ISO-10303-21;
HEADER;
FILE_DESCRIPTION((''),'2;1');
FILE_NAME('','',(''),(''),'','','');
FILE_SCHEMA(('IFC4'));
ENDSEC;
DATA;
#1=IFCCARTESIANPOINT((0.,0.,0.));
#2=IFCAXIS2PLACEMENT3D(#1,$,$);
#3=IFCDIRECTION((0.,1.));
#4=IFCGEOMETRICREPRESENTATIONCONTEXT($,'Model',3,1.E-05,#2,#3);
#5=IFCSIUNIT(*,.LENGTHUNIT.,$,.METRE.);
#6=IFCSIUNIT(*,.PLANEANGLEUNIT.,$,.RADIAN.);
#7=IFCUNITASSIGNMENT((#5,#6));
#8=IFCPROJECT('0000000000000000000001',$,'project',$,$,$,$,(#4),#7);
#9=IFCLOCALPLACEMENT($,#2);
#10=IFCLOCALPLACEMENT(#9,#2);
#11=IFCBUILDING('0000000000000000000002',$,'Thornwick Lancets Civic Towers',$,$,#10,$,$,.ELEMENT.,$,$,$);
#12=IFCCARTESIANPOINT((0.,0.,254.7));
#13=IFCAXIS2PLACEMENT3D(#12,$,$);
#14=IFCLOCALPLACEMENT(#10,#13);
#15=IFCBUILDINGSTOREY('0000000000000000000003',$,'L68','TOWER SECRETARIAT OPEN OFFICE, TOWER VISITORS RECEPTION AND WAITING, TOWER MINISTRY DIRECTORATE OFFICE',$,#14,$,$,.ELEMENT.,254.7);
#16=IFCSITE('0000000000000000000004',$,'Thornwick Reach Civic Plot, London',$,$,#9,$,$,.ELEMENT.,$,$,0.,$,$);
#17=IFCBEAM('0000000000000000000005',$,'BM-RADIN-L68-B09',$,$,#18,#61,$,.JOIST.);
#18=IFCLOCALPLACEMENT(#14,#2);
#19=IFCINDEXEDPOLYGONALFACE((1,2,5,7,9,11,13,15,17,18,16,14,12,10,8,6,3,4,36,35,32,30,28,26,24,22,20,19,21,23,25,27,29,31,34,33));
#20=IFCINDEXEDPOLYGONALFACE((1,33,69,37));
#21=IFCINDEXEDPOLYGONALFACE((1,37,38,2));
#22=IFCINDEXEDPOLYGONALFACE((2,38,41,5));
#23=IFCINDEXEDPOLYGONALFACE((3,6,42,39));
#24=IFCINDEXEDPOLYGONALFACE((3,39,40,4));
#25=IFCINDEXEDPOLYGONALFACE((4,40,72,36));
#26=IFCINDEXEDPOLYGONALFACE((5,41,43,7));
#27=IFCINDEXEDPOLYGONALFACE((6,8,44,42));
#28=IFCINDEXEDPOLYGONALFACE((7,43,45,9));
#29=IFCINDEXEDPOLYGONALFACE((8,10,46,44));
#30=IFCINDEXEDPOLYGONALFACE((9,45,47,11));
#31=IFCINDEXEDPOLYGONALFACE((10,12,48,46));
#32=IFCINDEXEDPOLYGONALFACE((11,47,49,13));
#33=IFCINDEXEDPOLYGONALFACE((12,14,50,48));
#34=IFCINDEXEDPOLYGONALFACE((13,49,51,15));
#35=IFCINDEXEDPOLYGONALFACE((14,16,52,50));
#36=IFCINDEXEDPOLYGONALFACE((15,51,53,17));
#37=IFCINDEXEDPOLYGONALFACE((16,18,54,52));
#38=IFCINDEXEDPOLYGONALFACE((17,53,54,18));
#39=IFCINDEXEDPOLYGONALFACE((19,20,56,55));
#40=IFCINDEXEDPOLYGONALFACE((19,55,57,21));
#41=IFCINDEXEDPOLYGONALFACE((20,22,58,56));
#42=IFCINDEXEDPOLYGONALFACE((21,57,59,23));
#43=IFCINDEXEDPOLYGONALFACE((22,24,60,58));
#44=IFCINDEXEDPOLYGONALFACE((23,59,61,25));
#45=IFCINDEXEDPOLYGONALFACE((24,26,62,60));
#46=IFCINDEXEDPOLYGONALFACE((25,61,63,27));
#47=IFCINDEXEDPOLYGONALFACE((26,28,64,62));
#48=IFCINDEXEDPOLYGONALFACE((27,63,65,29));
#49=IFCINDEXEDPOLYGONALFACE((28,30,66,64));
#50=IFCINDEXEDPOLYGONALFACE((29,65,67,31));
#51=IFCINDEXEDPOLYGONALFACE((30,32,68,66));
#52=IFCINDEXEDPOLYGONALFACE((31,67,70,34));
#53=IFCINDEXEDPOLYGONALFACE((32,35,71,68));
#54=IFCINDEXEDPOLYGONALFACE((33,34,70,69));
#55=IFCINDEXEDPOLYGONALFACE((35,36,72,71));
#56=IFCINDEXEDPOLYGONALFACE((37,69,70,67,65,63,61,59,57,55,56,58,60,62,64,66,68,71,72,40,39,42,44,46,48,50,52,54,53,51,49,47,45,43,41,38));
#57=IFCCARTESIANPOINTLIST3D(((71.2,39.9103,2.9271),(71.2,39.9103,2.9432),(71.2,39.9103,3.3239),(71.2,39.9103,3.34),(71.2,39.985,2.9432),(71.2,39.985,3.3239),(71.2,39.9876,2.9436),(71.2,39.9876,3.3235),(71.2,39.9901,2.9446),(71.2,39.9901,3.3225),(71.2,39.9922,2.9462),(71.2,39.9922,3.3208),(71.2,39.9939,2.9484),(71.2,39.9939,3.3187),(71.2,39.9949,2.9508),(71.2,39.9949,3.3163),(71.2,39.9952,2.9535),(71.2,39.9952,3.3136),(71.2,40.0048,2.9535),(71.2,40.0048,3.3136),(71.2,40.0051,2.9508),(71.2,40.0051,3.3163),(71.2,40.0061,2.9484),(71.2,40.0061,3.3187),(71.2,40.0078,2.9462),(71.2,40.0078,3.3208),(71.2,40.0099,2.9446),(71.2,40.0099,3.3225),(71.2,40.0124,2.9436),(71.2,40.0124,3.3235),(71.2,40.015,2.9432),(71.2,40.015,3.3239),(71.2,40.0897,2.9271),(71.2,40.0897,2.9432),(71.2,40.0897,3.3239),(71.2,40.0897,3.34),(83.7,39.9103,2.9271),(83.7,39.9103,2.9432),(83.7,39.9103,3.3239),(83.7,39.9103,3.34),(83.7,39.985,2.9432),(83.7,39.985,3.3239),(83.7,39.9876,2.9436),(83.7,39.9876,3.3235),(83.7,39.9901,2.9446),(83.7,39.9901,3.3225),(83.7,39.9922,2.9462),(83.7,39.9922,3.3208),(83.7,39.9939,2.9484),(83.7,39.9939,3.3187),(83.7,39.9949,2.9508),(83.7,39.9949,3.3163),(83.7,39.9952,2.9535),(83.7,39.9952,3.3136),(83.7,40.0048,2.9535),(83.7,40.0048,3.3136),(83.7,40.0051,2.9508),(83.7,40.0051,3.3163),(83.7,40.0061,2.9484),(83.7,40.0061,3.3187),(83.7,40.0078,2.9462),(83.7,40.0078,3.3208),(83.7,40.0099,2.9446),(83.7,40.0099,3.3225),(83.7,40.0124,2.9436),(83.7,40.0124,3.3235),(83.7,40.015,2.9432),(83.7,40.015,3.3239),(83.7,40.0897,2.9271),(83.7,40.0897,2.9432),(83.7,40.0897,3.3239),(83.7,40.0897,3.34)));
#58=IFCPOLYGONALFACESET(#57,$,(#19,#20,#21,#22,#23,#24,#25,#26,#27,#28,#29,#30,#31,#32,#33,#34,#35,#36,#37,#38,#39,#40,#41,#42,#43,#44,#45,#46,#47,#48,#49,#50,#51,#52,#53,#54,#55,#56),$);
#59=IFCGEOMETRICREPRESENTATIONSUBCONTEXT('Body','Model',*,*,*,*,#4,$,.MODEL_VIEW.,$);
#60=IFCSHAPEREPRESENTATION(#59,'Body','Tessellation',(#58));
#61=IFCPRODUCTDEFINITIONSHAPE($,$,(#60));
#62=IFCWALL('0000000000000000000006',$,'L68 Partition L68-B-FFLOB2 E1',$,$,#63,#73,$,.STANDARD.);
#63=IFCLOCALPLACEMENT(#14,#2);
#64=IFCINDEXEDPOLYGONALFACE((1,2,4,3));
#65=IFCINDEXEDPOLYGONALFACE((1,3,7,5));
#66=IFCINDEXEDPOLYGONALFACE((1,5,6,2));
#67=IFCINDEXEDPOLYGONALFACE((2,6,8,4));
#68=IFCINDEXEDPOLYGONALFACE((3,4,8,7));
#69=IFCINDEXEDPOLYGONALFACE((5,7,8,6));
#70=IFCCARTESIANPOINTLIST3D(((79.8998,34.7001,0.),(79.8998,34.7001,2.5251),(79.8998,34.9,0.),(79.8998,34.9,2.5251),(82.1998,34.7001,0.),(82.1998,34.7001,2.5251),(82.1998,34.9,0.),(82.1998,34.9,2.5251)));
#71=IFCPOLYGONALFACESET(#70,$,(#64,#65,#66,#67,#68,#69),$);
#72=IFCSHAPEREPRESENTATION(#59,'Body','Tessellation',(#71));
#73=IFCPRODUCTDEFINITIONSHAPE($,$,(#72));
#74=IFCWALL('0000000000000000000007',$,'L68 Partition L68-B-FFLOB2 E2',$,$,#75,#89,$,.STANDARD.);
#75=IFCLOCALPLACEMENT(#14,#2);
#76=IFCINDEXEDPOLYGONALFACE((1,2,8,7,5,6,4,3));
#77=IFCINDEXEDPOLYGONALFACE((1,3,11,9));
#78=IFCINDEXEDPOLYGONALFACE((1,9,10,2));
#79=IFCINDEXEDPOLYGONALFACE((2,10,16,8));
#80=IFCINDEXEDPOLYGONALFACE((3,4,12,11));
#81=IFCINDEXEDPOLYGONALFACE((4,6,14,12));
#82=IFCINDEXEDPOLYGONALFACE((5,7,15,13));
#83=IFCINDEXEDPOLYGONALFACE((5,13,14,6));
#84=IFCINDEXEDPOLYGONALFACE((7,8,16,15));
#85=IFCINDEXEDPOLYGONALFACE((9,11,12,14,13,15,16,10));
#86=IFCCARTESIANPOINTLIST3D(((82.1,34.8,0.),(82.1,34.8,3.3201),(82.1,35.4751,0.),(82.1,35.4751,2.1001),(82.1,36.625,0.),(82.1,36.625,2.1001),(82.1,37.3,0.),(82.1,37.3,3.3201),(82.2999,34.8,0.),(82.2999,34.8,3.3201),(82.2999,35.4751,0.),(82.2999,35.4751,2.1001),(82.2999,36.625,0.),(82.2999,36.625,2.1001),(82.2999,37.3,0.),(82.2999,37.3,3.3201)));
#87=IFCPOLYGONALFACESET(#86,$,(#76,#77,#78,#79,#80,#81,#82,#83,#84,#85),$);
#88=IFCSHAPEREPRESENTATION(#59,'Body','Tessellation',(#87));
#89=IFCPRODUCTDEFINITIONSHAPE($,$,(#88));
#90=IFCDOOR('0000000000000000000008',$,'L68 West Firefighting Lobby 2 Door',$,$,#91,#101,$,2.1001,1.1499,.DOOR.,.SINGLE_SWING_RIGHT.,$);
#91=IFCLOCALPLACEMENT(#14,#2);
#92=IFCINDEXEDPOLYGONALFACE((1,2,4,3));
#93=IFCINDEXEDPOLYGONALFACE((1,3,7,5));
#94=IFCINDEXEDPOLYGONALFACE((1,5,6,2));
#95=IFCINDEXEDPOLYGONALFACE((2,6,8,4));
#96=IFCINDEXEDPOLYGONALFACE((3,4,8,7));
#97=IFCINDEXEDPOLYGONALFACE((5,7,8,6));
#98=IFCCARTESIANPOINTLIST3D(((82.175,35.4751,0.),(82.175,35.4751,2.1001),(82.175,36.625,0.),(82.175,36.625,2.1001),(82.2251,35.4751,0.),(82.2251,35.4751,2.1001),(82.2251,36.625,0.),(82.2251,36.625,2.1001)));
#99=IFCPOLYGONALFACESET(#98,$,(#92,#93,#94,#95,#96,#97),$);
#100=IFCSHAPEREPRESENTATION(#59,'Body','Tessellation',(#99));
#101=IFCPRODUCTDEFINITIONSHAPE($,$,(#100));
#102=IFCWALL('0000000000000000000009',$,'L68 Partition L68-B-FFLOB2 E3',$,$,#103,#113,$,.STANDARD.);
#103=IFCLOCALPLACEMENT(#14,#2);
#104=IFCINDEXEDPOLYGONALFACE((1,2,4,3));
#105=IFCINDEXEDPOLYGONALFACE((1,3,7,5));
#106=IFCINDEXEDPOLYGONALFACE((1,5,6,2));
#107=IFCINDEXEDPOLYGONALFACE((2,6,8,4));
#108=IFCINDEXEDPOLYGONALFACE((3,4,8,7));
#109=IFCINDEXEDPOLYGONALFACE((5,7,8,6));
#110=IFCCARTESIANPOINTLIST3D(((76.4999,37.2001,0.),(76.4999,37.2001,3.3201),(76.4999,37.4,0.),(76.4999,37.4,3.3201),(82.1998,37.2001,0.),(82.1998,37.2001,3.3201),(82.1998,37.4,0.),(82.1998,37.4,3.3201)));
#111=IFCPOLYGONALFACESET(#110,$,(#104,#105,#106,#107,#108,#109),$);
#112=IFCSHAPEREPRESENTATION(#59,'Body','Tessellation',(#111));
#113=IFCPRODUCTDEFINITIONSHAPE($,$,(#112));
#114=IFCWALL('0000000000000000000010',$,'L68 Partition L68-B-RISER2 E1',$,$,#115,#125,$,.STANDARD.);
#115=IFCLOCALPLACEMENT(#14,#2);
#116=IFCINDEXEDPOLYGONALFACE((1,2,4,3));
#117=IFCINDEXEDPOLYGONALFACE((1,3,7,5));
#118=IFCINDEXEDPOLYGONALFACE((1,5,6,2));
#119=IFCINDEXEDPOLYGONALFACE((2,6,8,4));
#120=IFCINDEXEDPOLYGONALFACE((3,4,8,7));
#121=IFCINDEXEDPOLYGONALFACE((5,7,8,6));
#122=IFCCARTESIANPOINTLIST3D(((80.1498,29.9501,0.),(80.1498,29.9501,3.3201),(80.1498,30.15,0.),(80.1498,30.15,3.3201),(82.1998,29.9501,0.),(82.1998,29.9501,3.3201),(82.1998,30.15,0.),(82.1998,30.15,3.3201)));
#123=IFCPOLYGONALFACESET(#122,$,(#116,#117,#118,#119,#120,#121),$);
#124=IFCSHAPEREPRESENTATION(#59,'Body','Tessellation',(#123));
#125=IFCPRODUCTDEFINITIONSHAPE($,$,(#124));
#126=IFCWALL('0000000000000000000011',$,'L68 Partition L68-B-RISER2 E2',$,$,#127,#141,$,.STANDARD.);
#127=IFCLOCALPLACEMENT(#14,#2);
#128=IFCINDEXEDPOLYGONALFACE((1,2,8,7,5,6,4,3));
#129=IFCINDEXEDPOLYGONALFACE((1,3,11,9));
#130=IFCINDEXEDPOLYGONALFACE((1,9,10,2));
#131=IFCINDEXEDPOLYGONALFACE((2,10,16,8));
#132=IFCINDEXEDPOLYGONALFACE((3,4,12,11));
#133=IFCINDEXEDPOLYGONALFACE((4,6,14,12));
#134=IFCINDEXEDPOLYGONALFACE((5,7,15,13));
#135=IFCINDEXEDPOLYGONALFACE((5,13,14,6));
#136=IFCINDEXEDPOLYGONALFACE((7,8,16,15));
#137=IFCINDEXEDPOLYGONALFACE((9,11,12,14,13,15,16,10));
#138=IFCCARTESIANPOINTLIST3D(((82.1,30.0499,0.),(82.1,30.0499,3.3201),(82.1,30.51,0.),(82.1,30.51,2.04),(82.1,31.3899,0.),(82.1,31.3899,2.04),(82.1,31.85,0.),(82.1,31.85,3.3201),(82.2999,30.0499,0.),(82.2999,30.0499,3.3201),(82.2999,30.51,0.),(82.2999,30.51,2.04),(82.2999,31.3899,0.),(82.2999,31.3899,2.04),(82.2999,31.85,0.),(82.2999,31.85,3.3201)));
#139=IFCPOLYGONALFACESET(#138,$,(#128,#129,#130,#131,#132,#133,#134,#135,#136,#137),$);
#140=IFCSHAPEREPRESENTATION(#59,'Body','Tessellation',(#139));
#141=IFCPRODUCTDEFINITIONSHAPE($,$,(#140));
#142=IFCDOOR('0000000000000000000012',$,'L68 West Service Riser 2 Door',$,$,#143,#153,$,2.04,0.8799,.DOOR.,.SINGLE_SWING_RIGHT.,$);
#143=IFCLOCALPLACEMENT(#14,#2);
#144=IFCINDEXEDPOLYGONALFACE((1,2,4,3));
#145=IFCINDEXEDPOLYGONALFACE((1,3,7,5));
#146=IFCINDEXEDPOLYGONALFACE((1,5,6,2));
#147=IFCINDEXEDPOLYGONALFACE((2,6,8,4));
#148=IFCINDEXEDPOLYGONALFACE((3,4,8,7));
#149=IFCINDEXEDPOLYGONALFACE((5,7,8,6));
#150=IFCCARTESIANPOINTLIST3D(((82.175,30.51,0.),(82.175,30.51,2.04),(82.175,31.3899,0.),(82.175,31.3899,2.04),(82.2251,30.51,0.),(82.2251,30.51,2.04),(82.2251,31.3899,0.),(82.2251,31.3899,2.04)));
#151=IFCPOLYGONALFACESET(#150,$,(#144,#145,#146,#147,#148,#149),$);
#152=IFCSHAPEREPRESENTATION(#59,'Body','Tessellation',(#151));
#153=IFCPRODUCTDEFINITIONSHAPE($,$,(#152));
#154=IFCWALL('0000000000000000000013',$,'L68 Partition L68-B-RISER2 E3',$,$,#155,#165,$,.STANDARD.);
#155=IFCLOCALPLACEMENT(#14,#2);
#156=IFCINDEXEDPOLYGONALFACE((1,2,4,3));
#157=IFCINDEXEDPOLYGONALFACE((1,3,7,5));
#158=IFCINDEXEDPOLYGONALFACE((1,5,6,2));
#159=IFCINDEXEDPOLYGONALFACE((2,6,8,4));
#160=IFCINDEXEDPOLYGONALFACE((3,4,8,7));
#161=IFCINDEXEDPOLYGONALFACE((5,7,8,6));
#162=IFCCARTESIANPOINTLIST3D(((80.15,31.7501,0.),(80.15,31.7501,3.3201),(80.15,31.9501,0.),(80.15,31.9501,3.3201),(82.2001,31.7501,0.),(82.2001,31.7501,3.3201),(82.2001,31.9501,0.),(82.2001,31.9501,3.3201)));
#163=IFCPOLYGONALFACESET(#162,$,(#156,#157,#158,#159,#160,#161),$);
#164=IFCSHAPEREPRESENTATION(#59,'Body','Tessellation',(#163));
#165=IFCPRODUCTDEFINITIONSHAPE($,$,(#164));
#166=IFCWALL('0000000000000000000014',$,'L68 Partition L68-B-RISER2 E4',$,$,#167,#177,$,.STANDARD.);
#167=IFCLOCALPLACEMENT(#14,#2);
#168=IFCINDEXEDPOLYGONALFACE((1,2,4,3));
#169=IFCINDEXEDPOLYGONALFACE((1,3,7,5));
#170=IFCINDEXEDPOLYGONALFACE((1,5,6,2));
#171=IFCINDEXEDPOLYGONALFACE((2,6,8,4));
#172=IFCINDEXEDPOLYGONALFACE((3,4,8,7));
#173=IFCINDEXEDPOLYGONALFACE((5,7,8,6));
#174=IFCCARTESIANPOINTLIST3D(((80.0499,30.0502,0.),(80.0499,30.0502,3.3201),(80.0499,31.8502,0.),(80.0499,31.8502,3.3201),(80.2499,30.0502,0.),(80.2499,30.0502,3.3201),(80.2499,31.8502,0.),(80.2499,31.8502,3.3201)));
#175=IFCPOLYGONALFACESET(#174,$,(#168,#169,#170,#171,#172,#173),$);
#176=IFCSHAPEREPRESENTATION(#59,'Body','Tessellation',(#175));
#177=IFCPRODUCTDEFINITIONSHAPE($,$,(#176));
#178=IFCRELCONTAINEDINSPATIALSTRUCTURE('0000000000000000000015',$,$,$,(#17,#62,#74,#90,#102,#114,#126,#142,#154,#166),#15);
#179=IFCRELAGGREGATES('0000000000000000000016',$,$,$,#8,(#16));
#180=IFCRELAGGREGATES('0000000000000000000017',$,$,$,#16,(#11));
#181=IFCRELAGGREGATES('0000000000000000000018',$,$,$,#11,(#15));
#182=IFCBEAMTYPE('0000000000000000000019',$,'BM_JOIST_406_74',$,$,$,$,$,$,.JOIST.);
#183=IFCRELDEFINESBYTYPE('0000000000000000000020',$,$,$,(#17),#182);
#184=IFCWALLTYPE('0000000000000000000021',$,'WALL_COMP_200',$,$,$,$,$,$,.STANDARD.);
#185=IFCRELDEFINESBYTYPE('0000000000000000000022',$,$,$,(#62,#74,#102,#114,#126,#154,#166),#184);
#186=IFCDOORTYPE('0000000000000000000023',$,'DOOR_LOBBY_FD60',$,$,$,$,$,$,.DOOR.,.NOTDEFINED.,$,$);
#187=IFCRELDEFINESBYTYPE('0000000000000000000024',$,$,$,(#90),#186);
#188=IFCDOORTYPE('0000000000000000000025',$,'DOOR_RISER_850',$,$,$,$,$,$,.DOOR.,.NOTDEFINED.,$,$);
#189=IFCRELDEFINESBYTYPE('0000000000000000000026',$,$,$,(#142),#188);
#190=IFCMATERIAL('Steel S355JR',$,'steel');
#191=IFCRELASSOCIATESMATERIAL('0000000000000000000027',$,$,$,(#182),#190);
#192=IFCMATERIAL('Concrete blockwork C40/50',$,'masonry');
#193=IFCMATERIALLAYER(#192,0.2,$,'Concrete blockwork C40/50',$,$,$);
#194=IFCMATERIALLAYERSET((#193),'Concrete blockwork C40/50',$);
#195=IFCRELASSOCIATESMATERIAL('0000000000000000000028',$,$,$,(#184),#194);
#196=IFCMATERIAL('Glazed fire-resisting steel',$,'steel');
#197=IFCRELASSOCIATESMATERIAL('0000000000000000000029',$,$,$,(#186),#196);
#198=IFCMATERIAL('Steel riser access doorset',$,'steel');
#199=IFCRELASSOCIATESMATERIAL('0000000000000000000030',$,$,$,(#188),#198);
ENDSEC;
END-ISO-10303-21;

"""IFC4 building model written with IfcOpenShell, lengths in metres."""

from ifc_helpers import new_model, si_unit, direction, frame, frame_2d, origin, origin_2d, place, context, subcontext, project, spatial, rectangle, i_section, extrude, material, layer, layer_set, material_profile, profile_set, type_object, element, fill, save


model = new_model("IFC4")

# Units and contexts
model_context = context("Model", 3, precision=1e-05, world=origin(), true_north=direction((0.0, 1.0)))
body_context = subcontext(model_context, "Body", "Model", "MODEL_VIEW")
ifc_project = project(units=[si_unit("LENGTHUNIT", "METRE"), si_unit("PLANEANGLEUNIT", "RADIAN")], contexts=[model_context])

# Site, building, storey
site_placement = place(None, origin())
site = spatial("IfcSite", under=ifc_project, at=site_placement, Name="Thornwick Reach Civic Plot, London", CompositionType="ELEMENT", RefElevation=0.0)
building_placement = place(site_placement, origin())
building = spatial("IfcBuilding", under=site, at=building_placement, Name="Thornwick Lancets Civic Towers", CompositionType="ELEMENT")
storey_placement = place(building_placement, frame((0.0, 0.0, 254.7)))
storey = spatial("IfcBuildingStorey", under=building, at=storey_placement, Name="L68", Description="TOWER SECRETARIAT OPEN OFFICE, TOWER VISITORS RECEPTION AND WAITING, TOWER MINISTRY DIRECTORATE OFFICE", CompositionType="ELEMENT", Elevation=254.7)

# Beam
ifc_material_1 = material(Name="Steel S355JR", Category="steel")
ifc_material_profile_1 = material_profile(ifc_material_1, i_section(OverallWidth=0.1794, OverallDepth=0.4128, WebThickness=0.0095, FlangeThickness=0.0161, FilletRadius=0.0103, at=origin_2d()), Name="UKB 406x178x74")
ifc_profile_set_1 = profile_set([ifc_material_profile_1], Name="Steel S355JR")
beam_type_1 = type_object("IfcBeamType", Name="BM_JOIST_406_74", PredefinedType="JOIST", material=ifc_profile_set_1)
beam_1_placement = place(storey_placement, frame((83.7, 40.0, 3.1335), z_axis=(-1.0, 0.0, 0.0), x_axis=(0.0, -1.0, 0.0)))
element("IfcBeam", 1, at=beam_1_placement, inside=storey, type_object=beam_type_1, Name="BM-RADIN-L68-B09", PredefinedType="JOIST", context=body_context, shape_type="SweptSolid", body=[
    extrude(i_section(OverallWidth=0.1794, OverallDepth=0.4128, WebThickness=0.0095, FlangeThickness=0.0161, FilletRadius=0.0103, at=origin_2d()), origin(), (0.0, 0.0, 1.0), 12.5),
])

# Wall
ifc_material_2 = material(Name="Concrete blockwork C40/50", Category="masonry")
ifc_layer_1 = layer(ifc_material_2, 0.2, Name="Concrete blockwork C40/50")
ifc_layer_set_1 = layer_set([ifc_layer_1], Name="Concrete blockwork C40/50")
wall_type_1 = type_object("IfcWallType", Name="WALL_COMP_200", PredefinedType="STANDARD", material=ifc_layer_set_1)
wall_1_placement = place(storey_placement, frame((79.8999, 34.8, 0.0), z_axis=(0.0, 0.0, 1.0), x_axis=(1.0, 0.0, 0.0)))
element("IfcWall", 2, at=wall_1_placement, inside=storey, type_object=wall_type_1, Name="L68 Partition L68-B-FFLOB2 E1", PredefinedType="STANDARD", context=body_context, shape_type="SweptSolid", body=[
    extrude(rectangle(XDim=2.3, YDim=0.2, at=frame_2d((1.1499, 0.0))), origin(), (0.0, 0.0, 1.0), 2.5251),
])

# Wall, opening, door
wall_2_placement = place(storey_placement, frame((82.2, 34.8, 0.0), z_axis=(0.0, 0.0, 1.0), x_axis=(0.0, 1.0, 0.0)))
wall_2 = element("IfcWall", 3, at=wall_2_placement, inside=storey, type_object=wall_type_1, Name="L68 Partition L68-B-FFLOB2 E2", PredefinedType="STANDARD", context=body_context, shape_type="SweptSolid", body=[
    extrude(rectangle(XDim=2.5, YDim=0.2, at=frame_2d((1.25, 0.0))), origin(), (0.0, 0.0, 1.0), 3.3201),
])
opening_1_placement = place(wall_2_placement, frame((0.675, 0.0, 0.0)))
opening_1 = element("IfcOpeningElement", 4, at=opening_1_placement, cuts=wall_2, PredefinedType="OPENING", context=body_context, shape_type="SweptSolid", body=[
    extrude(rectangle(XDim=1.1499, YDim=2.1001, at=frame_2d((0.575, 1.05))), frame((0.0, 0.1099, 0.0), z_axis=(0.0, -1.0, 0.0), x_axis=(1.0, 0.0, 0.0)), (0.0, 0.0, 1.0), 0.22),
])
ifc_material_3 = material(Name="Glazed fire-resisting steel", Category="steel")
door_type_1 = type_object("IfcDoorType", Name="DOOR_LOBBY_FD60", OperationType="NOTDEFINED", PredefinedType="DOOR", material=ifc_material_3)
door_1_placement = place(opening_1_placement, origin())
door_1 = element("IfcDoor", 5, at=door_1_placement, inside=storey, type_object=door_type_1, Name="L68 West Firefighting Lobby 2 Door", OperationType="SINGLE_SWING_RIGHT", OverallHeight=2.1001, OverallWidth=1.1499, PredefinedType="DOOR", context=body_context, shape_type="SweptSolid", body=[
    extrude(rectangle(XDim=1.1499, YDim=2.1001, at=frame_2d((0.575, 1.05))), frame((0.0, 0.0249, 0.0), z_axis=(0.0, -1.0, 0.0), x_axis=(1.0, 0.0, 0.0)), (0.0, 0.0, 1.0), 0.05),
])
fill(opening_1, door_1)

# Walls
wall_3_placement = place(storey_placement, frame((82.2, 37.3, 0.0), z_axis=(0.0, 0.0, 1.0), x_axis=(-1.0, 0.0, 0.0)))
element("IfcWall", 6, at=wall_3_placement, inside=storey, type_object=wall_type_1, Name="L68 Partition L68-B-FFLOB2 E3", PredefinedType="STANDARD", context=body_context, shape_type="SweptSolid", body=[
    extrude(rectangle(XDim=5.7, YDim=0.2, at=frame_2d((2.8501, 0.0))), origin(), (0.0, 0.0, 1.0), 3.3201),
])
wall_4_placement = place(storey_placement, frame((80.1499, 30.05, 0.0), z_axis=(0.0, 0.0, 1.0), x_axis=(1.0, 0.0, 0.0)))
element("IfcWall", 7, at=wall_4_placement, inside=storey, type_object=wall_type_1, Name="L68 Partition L68-B-RISER2 E1", PredefinedType="STANDARD", context=body_context, shape_type="SweptSolid", body=[
    extrude(rectangle(XDim=2.05, YDim=0.2, at=frame_2d((1.0249, 0.0))), origin(), (0.0, 0.0, 1.0), 3.3201),
])

# Wall, opening, door
wall_5_placement = place(storey_placement, frame((82.2, 30.05, 0.0), z_axis=(0.0, 0.0, 1.0), x_axis=(0.0, 1.0, 0.0)))
wall_5 = element("IfcWall", 8, at=wall_5_placement, inside=storey, type_object=wall_type_1, Name="L68 Partition L68-B-RISER2 E2", PredefinedType="STANDARD", context=body_context, shape_type="SweptSolid", body=[
    extrude(rectangle(XDim=1.8, YDim=0.2, at=frame_2d((0.8999, 0.0))), origin(), (0.0, 0.0, 1.0), 3.3201),
])
opening_2_placement = place(wall_5_placement, frame((0.46, 0.0, 0.0)))
opening_2 = element("IfcOpeningElement", 9, at=opening_2_placement, cuts=wall_5, PredefinedType="OPENING", context=body_context, shape_type="SweptSolid", body=[
    extrude(rectangle(XDim=0.8799, YDim=2.04, at=frame_2d((0.4399, 1.02))), frame((0.0, 0.1099, 0.0), z_axis=(0.0, -1.0, 0.0), x_axis=(1.0, 0.0, 0.0)), (0.0, 0.0, 1.0), 0.22),
])
ifc_material_4 = material(Name="Steel riser access doorset", Category="steel")
door_type_2 = type_object("IfcDoorType", Name="DOOR_RISER_850", OperationType="NOTDEFINED", PredefinedType="DOOR", material=ifc_material_4)
door_2_placement = place(opening_2_placement, origin())
door_2 = element("IfcDoor", 10, at=door_2_placement, inside=storey, type_object=door_type_2, Name="L68 West Service Riser 2 Door", OperationType="SINGLE_SWING_RIGHT", OverallHeight=2.04, OverallWidth=0.8799, PredefinedType="DOOR", context=body_context, shape_type="SweptSolid", body=[
    extrude(rectangle(XDim=0.8799, YDim=2.04, at=frame_2d((0.4399, 1.02))), frame((0.0, 0.0249, 0.0), z_axis=(0.0, -1.0, 0.0), x_axis=(1.0, 0.0, 0.0)), (0.0, 0.0, 1.0), 0.05),
])
fill(opening_2, door_2)

# Walls
wall_6_placement = place(storey_placement, frame((82.2, 31.8501, 0.0), z_axis=(0.0, 0.0, 1.0), x_axis=(-1.0, 0.0, 0.0)))
element("IfcWall", 11, at=wall_6_placement, inside=storey, type_object=wall_type_1, Name="L68 Partition L68-B-RISER2 E3", PredefinedType="STANDARD", context=body_context, shape_type="SweptSolid", body=[
    extrude(rectangle(XDim=2.05, YDim=0.2, at=frame_2d((1.0249, 0.0))), origin(), (0.0, 0.0, 1.0), 3.3201),
])
wall_7_placement = place(storey_placement, frame((80.1499, 31.8501, 0.0), z_axis=(0.0, 0.0, 1.0), x_axis=(0.0, -1.0, 0.0)))
element("IfcWall", 12, at=wall_7_placement, inside=storey, type_object=wall_type_1, Name="L68 Partition L68-B-RISER2 E4", PredefinedType="STANDARD", context=body_context, shape_type="SweptSolid", body=[
    extrude(rectangle(XDim=1.8, YDim=0.2, at=frame_2d((0.8999, 0.0))), origin(), (0.0, 0.0, 1.0), 3.3201),
])

save(model, "model.ifc")
